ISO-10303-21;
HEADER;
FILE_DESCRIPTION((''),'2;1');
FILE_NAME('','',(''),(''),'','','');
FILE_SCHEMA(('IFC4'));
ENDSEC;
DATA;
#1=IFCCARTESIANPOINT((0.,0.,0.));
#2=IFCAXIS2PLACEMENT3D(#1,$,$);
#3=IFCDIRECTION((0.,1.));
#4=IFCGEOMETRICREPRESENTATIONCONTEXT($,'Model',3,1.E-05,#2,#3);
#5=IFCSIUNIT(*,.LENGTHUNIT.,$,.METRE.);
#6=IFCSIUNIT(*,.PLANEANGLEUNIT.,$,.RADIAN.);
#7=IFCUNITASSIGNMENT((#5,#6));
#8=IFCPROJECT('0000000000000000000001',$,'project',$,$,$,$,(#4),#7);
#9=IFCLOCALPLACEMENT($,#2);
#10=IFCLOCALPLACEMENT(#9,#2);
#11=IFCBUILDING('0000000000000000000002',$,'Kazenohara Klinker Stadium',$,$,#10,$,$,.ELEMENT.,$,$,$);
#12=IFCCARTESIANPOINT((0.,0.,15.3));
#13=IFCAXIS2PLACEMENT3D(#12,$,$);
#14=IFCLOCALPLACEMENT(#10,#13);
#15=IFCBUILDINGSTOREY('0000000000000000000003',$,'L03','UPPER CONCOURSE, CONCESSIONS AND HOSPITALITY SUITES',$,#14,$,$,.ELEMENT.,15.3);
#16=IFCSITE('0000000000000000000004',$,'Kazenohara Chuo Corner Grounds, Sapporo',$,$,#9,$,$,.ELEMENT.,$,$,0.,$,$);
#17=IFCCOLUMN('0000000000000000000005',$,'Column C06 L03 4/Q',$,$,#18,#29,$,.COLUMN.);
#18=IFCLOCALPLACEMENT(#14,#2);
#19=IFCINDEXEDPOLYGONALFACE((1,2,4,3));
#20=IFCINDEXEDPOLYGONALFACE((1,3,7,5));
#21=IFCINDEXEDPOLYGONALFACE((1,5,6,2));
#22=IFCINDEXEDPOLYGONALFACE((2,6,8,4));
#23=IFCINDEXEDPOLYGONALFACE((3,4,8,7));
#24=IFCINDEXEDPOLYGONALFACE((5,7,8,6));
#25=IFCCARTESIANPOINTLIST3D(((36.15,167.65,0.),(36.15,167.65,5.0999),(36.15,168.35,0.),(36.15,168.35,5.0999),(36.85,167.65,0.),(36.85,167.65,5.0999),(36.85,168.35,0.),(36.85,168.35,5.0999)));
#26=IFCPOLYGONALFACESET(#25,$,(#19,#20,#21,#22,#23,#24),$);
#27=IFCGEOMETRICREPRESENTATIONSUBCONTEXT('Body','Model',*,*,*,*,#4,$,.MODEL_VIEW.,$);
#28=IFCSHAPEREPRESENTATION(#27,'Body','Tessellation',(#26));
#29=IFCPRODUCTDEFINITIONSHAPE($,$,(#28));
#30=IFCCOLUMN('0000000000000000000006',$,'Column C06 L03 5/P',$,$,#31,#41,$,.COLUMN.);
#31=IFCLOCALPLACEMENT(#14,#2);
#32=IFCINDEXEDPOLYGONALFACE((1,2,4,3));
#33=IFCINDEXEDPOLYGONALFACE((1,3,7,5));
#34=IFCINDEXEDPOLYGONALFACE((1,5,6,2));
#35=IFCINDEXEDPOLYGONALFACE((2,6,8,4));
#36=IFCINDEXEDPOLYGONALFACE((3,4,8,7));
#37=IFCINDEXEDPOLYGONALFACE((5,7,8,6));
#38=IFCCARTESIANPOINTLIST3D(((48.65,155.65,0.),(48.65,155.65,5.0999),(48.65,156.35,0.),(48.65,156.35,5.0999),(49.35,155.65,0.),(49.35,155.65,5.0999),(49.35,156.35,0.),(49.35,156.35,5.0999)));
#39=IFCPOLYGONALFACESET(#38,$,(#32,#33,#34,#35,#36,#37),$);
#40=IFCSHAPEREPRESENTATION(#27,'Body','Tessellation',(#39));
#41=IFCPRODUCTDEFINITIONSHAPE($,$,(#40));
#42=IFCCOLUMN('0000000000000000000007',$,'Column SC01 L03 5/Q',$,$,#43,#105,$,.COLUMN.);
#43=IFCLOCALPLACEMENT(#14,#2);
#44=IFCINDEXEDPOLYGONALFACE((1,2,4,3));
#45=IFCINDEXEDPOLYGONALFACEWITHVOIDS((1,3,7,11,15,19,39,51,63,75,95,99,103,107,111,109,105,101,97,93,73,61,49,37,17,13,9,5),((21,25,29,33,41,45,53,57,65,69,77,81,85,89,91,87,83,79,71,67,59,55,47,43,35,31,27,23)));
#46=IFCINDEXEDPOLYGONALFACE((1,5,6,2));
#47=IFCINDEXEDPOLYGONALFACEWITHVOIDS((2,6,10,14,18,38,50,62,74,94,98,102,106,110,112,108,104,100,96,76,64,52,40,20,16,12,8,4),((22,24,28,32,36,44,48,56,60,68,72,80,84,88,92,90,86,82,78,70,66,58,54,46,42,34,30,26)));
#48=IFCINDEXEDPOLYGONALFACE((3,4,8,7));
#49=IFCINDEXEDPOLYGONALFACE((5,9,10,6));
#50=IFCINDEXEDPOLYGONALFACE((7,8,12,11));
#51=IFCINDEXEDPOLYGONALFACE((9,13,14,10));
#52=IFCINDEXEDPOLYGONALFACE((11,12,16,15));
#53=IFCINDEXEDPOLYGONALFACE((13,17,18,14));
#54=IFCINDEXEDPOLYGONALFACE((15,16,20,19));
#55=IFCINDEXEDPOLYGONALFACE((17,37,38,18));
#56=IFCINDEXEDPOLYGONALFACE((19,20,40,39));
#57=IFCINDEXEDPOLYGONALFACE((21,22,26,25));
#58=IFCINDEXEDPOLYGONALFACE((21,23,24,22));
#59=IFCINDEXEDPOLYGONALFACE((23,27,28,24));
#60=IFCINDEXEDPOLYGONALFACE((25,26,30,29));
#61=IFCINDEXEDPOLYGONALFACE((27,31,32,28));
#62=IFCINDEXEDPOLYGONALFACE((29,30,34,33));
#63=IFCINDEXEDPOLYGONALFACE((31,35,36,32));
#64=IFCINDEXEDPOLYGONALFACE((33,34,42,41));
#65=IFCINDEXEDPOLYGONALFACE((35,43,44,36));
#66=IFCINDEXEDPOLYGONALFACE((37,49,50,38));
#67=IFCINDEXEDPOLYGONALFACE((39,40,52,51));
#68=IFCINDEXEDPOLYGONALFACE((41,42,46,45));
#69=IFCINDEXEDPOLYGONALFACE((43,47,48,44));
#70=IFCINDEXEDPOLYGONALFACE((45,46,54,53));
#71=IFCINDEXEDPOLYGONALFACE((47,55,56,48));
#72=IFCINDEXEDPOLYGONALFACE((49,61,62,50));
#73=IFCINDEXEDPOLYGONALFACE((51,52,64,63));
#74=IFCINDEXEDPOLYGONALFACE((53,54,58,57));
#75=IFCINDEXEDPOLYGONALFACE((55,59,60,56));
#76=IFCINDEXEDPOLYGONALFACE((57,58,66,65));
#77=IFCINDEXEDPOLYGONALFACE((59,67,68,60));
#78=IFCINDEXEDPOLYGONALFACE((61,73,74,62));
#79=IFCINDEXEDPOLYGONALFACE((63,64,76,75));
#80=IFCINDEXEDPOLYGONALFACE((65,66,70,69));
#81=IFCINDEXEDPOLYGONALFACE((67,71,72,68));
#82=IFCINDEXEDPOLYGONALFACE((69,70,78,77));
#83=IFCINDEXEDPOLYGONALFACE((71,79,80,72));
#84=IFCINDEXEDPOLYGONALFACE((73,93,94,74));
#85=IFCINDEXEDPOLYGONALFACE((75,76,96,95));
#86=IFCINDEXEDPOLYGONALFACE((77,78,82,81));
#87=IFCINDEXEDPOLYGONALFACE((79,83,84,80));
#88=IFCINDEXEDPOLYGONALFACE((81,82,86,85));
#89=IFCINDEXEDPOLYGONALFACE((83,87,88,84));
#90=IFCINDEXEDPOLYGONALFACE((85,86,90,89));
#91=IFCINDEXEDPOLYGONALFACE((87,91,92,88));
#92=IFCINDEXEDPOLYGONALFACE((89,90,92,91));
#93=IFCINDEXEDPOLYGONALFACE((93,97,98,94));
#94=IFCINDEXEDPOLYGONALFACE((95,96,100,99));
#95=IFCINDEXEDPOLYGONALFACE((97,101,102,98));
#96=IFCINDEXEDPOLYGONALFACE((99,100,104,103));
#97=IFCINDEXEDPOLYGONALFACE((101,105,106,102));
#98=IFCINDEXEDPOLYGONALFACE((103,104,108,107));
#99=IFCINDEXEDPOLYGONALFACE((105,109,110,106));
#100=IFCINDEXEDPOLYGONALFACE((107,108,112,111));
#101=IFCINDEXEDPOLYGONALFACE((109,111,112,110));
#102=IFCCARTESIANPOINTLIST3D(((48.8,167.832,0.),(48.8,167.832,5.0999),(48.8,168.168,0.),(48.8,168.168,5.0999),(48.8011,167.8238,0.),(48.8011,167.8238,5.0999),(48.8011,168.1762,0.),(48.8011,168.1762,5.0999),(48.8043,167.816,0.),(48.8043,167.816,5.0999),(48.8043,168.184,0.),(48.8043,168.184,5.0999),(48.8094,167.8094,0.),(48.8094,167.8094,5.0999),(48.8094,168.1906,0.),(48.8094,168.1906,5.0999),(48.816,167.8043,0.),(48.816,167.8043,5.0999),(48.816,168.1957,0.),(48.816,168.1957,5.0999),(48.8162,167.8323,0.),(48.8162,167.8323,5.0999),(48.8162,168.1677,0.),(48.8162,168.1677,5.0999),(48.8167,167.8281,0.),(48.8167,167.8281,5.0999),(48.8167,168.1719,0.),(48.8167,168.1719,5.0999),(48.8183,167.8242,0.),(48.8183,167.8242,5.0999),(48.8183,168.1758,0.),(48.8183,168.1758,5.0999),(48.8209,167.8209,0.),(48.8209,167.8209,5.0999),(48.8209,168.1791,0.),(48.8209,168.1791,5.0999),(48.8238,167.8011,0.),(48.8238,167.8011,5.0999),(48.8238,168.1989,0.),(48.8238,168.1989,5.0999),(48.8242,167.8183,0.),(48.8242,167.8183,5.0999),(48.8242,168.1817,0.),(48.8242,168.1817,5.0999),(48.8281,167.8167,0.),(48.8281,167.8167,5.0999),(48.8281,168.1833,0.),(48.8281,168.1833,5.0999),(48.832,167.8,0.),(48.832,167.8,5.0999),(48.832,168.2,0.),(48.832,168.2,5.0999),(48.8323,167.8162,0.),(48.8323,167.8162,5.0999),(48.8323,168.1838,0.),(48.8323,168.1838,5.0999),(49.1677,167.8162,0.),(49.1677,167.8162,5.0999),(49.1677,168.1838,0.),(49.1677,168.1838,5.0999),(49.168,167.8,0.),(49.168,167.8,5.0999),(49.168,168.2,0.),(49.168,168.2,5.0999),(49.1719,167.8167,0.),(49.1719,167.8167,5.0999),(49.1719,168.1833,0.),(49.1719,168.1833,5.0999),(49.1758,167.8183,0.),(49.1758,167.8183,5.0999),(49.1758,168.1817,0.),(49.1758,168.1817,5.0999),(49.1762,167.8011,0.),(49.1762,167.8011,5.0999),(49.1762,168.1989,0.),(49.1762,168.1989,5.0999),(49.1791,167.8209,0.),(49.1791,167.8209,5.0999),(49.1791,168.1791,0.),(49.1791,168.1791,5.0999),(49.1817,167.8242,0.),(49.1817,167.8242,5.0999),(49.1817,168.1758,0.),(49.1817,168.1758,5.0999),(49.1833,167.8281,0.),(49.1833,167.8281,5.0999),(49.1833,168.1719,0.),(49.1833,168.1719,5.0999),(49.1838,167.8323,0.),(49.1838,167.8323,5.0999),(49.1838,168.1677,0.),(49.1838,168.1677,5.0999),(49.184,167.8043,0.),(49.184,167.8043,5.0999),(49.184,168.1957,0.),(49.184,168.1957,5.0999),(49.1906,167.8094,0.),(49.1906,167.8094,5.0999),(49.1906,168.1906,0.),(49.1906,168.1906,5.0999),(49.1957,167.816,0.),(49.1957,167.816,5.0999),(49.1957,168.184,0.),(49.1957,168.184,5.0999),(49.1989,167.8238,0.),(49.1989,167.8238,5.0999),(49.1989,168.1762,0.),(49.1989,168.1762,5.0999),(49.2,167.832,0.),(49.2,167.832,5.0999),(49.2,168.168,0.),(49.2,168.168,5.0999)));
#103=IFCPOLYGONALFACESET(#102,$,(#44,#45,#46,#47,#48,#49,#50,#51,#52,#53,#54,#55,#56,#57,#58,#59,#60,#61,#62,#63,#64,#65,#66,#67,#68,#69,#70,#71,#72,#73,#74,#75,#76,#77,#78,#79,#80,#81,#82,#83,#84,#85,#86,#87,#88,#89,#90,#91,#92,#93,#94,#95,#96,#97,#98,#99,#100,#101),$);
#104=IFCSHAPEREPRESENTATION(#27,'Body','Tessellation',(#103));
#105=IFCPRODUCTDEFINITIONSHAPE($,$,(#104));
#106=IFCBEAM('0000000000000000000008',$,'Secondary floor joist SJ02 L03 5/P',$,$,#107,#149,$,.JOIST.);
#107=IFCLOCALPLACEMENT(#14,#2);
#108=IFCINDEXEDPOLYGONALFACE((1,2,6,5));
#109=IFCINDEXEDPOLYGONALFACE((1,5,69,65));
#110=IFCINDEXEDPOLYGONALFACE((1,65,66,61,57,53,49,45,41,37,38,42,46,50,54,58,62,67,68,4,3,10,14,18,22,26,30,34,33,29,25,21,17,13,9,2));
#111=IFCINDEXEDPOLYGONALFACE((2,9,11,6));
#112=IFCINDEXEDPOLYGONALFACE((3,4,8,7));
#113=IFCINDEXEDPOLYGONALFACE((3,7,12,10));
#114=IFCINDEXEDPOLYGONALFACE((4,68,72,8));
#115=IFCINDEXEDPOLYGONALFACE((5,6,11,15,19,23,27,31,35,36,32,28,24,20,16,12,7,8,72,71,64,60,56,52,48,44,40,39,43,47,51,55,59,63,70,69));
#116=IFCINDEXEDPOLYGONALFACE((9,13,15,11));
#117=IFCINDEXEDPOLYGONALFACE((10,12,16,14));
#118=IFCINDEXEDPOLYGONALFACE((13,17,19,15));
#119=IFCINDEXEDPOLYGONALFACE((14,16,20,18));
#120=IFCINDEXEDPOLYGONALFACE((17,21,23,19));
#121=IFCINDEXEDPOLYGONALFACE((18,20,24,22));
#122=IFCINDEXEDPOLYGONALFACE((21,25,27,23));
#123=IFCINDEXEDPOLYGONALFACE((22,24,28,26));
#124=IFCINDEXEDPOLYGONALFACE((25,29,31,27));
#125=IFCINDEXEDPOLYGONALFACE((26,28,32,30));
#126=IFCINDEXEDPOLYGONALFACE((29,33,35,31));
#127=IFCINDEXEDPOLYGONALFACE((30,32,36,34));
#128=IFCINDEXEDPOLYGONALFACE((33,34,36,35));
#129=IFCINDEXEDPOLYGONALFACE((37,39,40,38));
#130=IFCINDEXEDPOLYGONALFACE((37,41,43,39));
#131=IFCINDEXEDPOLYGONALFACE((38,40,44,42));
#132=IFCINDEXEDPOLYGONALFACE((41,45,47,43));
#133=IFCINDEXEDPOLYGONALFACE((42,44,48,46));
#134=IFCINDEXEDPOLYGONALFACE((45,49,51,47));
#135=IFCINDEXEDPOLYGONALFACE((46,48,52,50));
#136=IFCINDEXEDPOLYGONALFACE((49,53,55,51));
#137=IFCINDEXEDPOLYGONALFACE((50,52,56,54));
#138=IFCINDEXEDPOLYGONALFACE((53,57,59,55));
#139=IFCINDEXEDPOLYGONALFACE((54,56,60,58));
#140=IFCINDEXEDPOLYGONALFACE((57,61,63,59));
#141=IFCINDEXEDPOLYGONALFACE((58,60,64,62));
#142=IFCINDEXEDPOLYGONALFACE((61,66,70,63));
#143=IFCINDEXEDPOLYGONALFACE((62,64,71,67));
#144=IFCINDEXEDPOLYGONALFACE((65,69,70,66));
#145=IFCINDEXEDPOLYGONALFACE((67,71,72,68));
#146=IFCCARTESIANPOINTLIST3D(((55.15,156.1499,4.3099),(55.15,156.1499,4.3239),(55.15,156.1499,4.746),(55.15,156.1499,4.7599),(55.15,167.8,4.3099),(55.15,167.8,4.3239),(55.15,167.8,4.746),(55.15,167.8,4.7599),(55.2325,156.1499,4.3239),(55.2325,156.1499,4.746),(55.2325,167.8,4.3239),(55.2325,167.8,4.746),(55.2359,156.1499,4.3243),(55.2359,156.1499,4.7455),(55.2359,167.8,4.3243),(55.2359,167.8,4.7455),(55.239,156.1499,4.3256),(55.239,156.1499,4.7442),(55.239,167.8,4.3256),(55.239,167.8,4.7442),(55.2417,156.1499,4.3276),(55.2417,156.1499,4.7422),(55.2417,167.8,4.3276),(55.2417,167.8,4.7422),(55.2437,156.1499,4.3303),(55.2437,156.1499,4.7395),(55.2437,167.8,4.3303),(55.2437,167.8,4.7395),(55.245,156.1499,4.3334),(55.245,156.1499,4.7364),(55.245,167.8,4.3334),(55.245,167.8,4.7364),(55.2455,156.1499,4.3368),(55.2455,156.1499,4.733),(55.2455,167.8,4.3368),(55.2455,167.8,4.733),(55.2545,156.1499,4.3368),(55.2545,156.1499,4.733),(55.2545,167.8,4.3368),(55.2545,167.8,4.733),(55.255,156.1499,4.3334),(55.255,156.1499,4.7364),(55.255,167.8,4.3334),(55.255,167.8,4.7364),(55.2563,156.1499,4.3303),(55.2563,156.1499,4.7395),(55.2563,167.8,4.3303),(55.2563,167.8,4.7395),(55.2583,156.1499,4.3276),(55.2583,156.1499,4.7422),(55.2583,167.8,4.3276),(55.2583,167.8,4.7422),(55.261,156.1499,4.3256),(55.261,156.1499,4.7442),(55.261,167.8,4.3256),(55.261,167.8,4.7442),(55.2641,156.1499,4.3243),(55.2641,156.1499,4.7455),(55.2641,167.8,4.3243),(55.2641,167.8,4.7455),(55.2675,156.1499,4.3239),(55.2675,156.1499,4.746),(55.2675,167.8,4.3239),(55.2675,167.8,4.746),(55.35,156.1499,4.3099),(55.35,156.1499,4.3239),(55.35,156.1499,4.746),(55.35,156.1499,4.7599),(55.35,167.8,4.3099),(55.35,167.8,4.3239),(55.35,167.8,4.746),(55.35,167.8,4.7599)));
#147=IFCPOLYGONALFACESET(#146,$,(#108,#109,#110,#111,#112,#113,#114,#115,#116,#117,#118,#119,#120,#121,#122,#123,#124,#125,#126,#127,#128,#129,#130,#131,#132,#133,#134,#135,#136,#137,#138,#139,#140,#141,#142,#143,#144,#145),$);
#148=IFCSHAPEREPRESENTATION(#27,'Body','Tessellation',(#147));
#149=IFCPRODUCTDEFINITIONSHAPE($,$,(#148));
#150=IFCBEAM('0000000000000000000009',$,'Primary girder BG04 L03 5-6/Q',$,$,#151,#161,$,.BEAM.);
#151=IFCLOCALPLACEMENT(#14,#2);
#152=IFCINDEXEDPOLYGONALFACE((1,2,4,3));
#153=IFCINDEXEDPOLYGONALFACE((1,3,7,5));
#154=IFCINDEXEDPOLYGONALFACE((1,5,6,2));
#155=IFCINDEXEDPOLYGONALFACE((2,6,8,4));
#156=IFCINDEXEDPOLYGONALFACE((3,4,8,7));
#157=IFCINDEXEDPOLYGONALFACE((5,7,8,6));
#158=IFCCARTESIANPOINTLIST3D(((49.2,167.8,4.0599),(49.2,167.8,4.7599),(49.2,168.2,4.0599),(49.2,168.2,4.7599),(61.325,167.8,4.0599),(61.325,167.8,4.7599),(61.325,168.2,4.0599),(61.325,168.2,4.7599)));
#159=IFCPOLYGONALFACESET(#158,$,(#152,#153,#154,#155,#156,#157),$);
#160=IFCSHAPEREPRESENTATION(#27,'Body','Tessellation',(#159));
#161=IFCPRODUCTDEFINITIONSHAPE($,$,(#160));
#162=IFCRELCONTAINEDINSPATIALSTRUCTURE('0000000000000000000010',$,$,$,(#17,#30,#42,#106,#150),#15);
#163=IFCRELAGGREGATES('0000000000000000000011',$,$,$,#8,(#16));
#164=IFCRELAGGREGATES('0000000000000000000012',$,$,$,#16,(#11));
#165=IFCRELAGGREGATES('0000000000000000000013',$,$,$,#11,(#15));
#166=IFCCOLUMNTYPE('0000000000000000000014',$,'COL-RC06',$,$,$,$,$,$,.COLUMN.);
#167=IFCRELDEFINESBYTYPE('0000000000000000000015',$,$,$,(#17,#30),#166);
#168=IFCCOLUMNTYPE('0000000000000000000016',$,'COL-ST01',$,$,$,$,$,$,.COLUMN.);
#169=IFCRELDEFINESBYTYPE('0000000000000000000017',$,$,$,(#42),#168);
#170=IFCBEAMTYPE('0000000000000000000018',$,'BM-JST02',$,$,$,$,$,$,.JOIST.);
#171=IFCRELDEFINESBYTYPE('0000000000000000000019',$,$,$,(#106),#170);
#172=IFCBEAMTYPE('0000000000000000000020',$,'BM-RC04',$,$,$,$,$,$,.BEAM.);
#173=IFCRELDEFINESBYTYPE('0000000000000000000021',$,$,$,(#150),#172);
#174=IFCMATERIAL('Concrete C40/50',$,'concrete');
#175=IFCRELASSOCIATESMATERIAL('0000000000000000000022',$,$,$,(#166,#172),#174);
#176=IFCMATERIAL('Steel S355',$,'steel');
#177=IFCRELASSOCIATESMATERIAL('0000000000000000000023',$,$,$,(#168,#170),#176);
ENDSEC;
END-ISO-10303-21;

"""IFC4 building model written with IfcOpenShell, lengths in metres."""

from ifc_helpers import new_model, si_unit, direction, frame, origin, origin_2d, place, context, subcontext, project, spatial, rectangle, hollow_rectangle, i_section, extrude, material, material_profile, profile_set, type_object, element, save


model = new_model("IFC4")

# Units and contexts
model_context = context("Model", 3, precision=1e-05, world=origin(), true_north=direction((0.0, 1.0)))
body_context = subcontext(model_context, "Body", "Model", "MODEL_VIEW")
ifc_project = project(units=[si_unit("LENGTHUNIT", "METRE"), si_unit("PLANEANGLEUNIT", "RADIAN")], contexts=[model_context])

# Site, building, storey
site_placement = place(None, origin())
site = spatial("IfcSite", under=ifc_project, at=site_placement, Name="Kazenohara Chuo Corner Grounds, Sapporo", CompositionType="ELEMENT", RefElevation=0.0)
building_placement = place(site_placement, origin())
building = spatial("IfcBuilding", under=site, at=building_placement, Name="Kazenohara Klinker Stadium", CompositionType="ELEMENT")
storey_placement = place(building_placement, frame((0.0, 0.0, 15.3)))
storey = spatial("IfcBuildingStorey", under=building, at=storey_placement, Name="L03", Description="UPPER CONCOURSE, CONCESSIONS AND HOSPITALITY SUITES", CompositionType="ELEMENT", Elevation=15.3)

# Columns
ifc_material_1 = material(Name="Concrete C40/50", Category="concrete")
ifc_material_profile_1 = material_profile(ifc_material_1, rectangle(XDim=0.7, YDim=0.7, at=origin_2d()), Name="RC-COL-700x700")
ifc_profile_set_1 = profile_set([ifc_material_profile_1], Name="Concrete C40/50")
column_type_1 = type_object("IfcColumnType", Name="COL-RC06", PredefinedType="COLUMN", material=ifc_profile_set_1)
for number, where, z_axis, x_axis, name in (
    (1, (36.5, 168.0, 0.0), (0.0, 0.0, 1.0), (1.0, 0.0, 0.0), "Column C06 L03 4/Q"),
    (2, (49.0, 156.0, 0.0), (0.0, 0.0, 1.0), (1.0, 0.0, 0.0), "Column C06 L03 5/P"),
):
    element("IfcColumn", number, at=place(storey_placement, frame(where, z_axis=z_axis, x_axis=x_axis)), inside=storey, type_object=column_type_1, Name=name, PredefinedType="COLUMN", context=body_context, shape_type="SweptSolid", body=[
        extrude(rectangle(XDim=0.7, YDim=0.7, at=origin_2d()), origin(), (0.0, 0.0, 1.0), 5.0999),
    ])
ifc_material_2 = material(Name="Steel S355", Category="steel")
ifc_material_profile_2 = material_profile(ifc_material_2, hollow_rectangle(XDim=0.3999, YDim=0.3999, WallThickness=0.0161, InnerFilletRadius=0.0161, OuterFilletRadius=0.032, at=origin_2d()), Name="SHS-400x400x16")
ifc_profile_set_2 = profile_set([ifc_material_profile_2], Name="Steel S355")
column_type_2 = type_object("IfcColumnType", Name="COL-ST01", PredefinedType="COLUMN", material=ifc_profile_set_2)
column_placement = place(storey_placement, frame((49.0, 168.0, 0.0), z_axis=(0.0, 0.0, 1.0), x_axis=(1.0, 0.0, 0.0)))
element("IfcColumn", 3, at=column_placement, inside=storey, type_object=column_type_2, Name="Column SC01 L03 5/Q", PredefinedType="COLUMN", context=body_context, shape_type="SweptSolid", body=[
    extrude(hollow_rectangle(XDim=0.3999, YDim=0.3999, WallThickness=0.0161, InnerFilletRadius=0.0161, OuterFilletRadius=0.032, at=origin_2d()), origin(), (0.0, 0.0, 1.0), 5.0999),
])

# Beams
ifc_material_profile_3 = material_profile(ifc_material_2, i_section(OverallWidth=0.2, OverallDepth=0.45, WebThickness=0.009, FlangeThickness=0.0139, FilletRadius=0.0129, at=origin_2d()), Name="H-450x200x9x14")
ifc_profile_set_3 = profile_set([ifc_material_profile_3], Name="Steel S355")
beam_type_1 = type_object("IfcBeamType", Name="BM-JST02", PredefinedType="JOIST", material=ifc_profile_set_3)
beam_1_placement = place(storey_placement, frame((55.25, 156.1499, 4.5349), z_axis=(0.0, 1.0, 0.0), x_axis=(-1.0, 0.0, 0.0)))
element("IfcBeam", 4, at=beam_1_placement, inside=storey, type_object=beam_type_1, Name="Secondary floor joist SJ02 L03 5/P", PredefinedType="JOIST", context=body_context, shape_type="SweptSolid", body=[
    extrude(i_section(OverallWidth=0.2, OverallDepth=0.45, WebThickness=0.009, FlangeThickness=0.0139, FilletRadius=0.0129, at=origin_2d()), origin(), (0.0, 0.0, 1.0), 11.6501),
])
ifc_material_profile_4 = material_profile(ifc_material_1, rectangle(XDim=0.3999, YDim=0.7, at=origin_2d()), Name="RC-BM-400x700")
ifc_profile_set_4 = profile_set([ifc_material_profile_4], Name="Concrete C40/50")
beam_type_2 = type_object("IfcBeamType", Name="BM-RC04", PredefinedType="BEAM", material=ifc_profile_set_4)
beam_2_placement = place(storey_placement, frame((49.2, 168.0, 4.4099), z_axis=(1.0, 0.0, 0.0), x_axis=(0.0, 1.0, 0.0)))
element("IfcBeam", 5, at=beam_2_placement, inside=storey, type_object=beam_type_2, Name="Primary girder BG04 L03 5-6/Q", PredefinedType="BEAM", context=body_context, shape_type="SweptSolid", body=[
    extrude(rectangle(XDim=0.3999, YDim=0.7, at=origin_2d()), origin(), (0.0, 0.0, 1.0), 12.125),
])

save(model, "model.ifc")
